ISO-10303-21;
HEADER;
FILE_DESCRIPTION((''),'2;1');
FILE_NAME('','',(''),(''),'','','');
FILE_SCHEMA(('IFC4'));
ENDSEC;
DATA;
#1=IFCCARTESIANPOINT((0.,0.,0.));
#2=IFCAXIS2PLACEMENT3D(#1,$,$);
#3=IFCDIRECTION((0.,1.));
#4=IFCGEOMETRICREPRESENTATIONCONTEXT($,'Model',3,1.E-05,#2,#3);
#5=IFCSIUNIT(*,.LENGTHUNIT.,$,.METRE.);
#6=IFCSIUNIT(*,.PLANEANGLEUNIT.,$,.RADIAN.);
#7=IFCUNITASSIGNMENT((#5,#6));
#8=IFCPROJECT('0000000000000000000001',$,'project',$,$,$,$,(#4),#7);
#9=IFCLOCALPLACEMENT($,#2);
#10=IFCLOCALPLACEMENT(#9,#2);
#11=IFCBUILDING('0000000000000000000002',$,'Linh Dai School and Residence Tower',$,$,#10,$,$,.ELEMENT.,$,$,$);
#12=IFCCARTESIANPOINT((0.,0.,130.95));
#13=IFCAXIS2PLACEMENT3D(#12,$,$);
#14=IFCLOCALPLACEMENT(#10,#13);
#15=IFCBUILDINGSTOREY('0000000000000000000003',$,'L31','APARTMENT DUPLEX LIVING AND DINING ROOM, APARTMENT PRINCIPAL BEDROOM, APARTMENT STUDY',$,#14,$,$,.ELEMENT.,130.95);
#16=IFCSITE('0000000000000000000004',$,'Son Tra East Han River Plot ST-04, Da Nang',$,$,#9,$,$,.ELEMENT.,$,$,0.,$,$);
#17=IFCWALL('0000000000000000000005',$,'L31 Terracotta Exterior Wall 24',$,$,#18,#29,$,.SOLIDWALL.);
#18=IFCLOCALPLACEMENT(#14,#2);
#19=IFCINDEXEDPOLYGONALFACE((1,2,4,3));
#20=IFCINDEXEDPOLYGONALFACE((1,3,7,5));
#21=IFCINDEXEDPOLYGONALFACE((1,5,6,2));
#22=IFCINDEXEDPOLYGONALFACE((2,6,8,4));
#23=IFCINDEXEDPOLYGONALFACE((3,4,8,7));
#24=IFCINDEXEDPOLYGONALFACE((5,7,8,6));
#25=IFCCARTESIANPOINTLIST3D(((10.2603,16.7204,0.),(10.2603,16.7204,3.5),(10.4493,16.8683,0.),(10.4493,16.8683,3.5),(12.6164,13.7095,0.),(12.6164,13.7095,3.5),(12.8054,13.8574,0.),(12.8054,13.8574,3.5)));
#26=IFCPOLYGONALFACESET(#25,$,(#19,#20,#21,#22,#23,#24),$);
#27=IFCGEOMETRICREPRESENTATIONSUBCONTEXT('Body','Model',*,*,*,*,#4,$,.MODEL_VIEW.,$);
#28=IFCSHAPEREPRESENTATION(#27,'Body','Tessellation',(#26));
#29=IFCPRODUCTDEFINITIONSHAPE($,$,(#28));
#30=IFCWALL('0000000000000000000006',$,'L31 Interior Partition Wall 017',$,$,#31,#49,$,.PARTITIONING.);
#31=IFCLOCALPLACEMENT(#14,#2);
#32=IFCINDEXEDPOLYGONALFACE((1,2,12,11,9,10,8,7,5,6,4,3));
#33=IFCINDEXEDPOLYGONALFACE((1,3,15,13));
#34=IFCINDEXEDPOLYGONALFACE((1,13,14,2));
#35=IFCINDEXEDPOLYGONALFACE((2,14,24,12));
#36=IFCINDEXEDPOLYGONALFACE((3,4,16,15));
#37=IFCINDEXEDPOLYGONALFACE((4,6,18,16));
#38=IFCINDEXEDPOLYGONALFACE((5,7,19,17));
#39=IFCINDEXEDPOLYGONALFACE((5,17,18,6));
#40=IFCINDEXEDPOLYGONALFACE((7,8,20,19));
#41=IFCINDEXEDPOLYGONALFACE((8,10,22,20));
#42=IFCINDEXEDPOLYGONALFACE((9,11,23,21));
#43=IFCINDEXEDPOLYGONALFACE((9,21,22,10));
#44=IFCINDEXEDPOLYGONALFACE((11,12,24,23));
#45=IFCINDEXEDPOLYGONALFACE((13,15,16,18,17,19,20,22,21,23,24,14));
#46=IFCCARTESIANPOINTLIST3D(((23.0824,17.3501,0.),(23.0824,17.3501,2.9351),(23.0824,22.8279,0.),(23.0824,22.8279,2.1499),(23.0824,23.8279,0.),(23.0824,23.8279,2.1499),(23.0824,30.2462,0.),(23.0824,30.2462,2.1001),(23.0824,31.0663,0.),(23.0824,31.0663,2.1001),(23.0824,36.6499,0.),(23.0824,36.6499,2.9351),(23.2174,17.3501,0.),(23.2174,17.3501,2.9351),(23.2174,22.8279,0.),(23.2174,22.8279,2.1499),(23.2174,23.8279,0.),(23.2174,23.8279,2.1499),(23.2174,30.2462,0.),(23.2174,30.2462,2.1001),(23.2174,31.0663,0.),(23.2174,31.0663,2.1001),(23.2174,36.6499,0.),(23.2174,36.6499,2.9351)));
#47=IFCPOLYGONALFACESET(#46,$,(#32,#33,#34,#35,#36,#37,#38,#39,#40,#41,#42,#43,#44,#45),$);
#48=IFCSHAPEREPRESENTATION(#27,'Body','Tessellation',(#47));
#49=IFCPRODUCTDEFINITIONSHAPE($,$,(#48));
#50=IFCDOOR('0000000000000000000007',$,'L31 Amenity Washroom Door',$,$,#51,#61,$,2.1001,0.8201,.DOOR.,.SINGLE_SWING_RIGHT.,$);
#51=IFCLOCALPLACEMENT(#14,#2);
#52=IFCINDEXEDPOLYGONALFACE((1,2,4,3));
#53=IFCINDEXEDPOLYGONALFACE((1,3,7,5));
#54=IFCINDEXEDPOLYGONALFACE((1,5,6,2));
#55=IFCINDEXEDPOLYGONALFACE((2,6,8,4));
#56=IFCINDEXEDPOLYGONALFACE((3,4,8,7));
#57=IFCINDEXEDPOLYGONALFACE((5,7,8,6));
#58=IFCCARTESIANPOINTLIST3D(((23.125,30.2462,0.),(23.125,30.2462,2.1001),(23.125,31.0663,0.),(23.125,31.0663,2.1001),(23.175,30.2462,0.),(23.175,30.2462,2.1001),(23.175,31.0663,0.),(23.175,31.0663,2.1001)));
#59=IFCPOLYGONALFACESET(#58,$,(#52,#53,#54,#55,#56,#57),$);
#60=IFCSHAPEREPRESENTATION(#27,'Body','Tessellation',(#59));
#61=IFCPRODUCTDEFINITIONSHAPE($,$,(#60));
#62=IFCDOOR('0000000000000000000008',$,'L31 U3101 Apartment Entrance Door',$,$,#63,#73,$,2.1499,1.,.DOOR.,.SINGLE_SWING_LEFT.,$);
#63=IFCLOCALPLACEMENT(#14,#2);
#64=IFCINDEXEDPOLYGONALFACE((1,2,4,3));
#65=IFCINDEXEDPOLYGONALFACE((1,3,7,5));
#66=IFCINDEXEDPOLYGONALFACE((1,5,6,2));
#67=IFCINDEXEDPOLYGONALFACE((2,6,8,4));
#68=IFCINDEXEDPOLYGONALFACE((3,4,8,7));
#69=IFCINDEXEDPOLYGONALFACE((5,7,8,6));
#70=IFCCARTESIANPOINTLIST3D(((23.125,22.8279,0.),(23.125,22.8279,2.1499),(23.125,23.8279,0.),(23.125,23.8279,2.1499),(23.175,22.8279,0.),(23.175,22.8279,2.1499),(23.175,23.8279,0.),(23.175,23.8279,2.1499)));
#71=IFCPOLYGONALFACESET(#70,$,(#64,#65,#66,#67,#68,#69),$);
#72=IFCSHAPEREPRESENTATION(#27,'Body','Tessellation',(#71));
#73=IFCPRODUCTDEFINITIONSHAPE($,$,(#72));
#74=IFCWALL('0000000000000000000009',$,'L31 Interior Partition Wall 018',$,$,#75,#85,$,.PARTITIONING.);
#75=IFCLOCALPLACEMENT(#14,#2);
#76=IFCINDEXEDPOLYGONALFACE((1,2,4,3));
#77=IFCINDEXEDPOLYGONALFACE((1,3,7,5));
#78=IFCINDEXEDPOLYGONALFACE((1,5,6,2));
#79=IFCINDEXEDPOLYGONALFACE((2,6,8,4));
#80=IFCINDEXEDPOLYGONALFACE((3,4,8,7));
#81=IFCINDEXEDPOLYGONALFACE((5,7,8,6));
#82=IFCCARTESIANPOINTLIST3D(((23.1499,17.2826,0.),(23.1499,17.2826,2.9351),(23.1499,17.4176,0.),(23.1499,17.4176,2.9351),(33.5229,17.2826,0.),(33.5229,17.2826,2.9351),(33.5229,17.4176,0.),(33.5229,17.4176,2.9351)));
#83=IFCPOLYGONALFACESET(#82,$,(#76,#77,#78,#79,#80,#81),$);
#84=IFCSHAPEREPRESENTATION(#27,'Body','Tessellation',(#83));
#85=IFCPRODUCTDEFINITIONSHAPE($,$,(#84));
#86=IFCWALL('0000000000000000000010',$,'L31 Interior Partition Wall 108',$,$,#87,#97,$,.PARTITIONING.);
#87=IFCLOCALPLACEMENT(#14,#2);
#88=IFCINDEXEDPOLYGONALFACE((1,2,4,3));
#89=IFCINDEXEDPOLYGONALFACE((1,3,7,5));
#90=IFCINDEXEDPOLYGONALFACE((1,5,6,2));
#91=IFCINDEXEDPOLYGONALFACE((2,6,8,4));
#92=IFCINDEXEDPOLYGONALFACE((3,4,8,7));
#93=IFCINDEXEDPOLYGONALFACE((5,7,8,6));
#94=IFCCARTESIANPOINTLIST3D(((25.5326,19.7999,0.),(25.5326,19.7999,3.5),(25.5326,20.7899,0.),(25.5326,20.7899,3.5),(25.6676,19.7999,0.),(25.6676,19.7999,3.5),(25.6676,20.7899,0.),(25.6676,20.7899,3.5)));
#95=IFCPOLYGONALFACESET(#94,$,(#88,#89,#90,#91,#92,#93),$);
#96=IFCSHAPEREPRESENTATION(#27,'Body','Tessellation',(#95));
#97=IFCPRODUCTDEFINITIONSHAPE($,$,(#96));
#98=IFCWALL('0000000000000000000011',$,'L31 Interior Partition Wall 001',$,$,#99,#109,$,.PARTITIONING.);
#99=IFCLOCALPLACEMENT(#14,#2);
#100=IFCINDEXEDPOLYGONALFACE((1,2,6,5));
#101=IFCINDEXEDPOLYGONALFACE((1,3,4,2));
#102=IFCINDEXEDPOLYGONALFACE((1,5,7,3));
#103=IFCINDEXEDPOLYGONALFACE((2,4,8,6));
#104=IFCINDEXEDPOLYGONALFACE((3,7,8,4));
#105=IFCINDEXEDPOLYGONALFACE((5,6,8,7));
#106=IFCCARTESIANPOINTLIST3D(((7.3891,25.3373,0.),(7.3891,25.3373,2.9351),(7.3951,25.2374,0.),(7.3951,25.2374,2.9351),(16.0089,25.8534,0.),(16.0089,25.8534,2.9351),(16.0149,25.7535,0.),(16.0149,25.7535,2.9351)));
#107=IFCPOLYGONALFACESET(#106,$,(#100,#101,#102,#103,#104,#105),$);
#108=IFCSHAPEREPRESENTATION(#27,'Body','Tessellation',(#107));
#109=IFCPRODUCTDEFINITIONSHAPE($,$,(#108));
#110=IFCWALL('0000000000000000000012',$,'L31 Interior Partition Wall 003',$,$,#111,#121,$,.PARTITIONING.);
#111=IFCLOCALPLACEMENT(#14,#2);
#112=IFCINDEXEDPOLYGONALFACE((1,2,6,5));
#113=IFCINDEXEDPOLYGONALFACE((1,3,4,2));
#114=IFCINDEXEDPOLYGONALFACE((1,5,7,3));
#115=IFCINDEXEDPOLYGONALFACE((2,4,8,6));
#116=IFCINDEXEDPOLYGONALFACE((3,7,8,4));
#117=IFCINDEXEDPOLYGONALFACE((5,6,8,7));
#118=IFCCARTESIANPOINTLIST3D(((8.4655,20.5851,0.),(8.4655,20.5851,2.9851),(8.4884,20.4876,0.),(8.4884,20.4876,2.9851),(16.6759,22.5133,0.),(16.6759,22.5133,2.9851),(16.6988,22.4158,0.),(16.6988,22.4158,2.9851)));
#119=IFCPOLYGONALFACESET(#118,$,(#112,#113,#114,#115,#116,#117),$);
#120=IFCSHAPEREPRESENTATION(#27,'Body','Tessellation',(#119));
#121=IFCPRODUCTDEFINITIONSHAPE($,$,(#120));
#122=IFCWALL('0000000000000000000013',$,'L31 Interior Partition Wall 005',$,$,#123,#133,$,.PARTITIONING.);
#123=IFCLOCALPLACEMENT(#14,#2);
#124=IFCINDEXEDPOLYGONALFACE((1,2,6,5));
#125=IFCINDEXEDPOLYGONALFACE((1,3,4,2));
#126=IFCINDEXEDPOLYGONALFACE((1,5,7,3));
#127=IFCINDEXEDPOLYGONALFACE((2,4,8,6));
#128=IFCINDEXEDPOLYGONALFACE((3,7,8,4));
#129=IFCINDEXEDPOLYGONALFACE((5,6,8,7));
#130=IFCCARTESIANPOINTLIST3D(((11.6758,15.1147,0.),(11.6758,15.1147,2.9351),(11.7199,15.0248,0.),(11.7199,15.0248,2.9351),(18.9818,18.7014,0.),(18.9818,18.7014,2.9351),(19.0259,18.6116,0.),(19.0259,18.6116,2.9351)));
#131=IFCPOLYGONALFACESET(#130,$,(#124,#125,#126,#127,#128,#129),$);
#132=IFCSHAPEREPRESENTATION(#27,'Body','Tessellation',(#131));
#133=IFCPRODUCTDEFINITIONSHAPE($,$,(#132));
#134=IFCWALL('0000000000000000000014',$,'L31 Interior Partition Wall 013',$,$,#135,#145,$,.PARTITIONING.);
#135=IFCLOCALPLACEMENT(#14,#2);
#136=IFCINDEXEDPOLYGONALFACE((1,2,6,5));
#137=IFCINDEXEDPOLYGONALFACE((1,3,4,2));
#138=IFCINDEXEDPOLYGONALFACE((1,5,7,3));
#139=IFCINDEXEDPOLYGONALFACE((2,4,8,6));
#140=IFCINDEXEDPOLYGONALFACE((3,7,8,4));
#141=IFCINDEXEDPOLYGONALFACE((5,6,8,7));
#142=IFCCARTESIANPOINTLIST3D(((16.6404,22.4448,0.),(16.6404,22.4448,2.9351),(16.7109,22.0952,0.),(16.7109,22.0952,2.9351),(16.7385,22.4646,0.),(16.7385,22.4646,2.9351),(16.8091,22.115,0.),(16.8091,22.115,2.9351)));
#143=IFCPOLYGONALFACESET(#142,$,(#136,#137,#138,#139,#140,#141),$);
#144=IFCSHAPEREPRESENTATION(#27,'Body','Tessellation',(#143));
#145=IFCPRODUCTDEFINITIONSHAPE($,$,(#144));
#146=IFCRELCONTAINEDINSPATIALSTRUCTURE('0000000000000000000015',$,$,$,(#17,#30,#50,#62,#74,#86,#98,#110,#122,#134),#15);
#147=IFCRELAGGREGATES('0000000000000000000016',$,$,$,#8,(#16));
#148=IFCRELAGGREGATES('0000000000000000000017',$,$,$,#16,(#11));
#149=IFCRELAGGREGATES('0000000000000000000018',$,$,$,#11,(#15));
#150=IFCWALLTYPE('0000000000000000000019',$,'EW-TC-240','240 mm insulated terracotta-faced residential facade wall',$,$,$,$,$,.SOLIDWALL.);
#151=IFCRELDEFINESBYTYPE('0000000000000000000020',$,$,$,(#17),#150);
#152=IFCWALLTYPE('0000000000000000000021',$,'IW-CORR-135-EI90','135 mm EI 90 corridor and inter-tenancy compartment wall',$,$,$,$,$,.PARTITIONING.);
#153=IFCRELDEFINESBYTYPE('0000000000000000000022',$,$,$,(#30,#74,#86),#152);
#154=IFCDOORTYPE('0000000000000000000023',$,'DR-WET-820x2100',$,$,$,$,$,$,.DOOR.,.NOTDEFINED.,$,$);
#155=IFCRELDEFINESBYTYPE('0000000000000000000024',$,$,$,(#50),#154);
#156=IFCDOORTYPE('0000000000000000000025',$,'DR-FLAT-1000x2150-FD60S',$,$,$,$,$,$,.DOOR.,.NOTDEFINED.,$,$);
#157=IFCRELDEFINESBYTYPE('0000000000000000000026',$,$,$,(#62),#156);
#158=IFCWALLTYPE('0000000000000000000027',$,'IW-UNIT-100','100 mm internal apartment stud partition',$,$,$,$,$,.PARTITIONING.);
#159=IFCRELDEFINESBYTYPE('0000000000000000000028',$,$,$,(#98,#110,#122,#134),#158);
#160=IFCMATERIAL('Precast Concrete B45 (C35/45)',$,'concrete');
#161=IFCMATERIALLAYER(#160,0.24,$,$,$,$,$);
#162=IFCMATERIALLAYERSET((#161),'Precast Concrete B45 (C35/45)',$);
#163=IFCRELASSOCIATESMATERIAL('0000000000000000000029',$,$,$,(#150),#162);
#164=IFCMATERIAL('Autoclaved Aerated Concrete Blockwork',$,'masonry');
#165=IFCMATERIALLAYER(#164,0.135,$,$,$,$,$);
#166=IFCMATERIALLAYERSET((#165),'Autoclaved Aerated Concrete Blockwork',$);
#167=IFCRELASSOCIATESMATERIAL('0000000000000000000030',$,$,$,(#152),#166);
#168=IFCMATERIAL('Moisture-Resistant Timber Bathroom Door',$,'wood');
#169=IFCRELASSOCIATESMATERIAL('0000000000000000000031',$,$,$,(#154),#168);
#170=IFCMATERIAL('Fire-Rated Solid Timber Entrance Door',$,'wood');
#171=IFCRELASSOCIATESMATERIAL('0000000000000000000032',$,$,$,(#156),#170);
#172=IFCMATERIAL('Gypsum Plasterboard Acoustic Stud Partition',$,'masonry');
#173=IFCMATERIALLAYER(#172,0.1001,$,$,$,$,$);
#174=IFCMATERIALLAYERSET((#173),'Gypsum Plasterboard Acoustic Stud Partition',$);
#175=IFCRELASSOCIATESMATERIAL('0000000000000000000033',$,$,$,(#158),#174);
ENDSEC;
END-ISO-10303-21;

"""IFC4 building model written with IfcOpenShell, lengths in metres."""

from ifc_helpers import new_model, si_unit, direction, frame, frame_2d, origin, origin_2d, place, context, subcontext, project, spatial, rectangle, extrude, source, transform, mapped, material, layer, layer_set, type_object, element, fill, save


model = new_model("IFC4")

# Units and contexts
model_context = context("Model", 3, precision=1e-05, world=origin(), true_north=direction((0.0, 1.0)))
body_context = subcontext(model_context, "Body", "Model", "MODEL_VIEW")
ifc_project = project(units=[si_unit("LENGTHUNIT", "METRE"), si_unit("PLANEANGLEUNIT", "RADIAN")], contexts=[model_context])

# Site, building, storey
site_placement = place(None, origin())
site = spatial("IfcSite", under=ifc_project, at=site_placement, Name="Son Tra East Han River Plot ST-04, Da Nang", CompositionType="ELEMENT", RefElevation=0.0)
building_placement = place(site_placement, origin())
building = spatial("IfcBuilding", under=site, at=building_placement, Name="Linh Dai School and Residence Tower", CompositionType="ELEMENT")
storey_placement = place(building_placement, frame((0.0, 0.0, 130.95)))
storey = spatial("IfcBuildingStorey", under=building, at=storey_placement, Name="L31", Description="APARTMENT DUPLEX LIVING AND DINING ROOM, APARTMENT PRINCIPAL BEDROOM, APARTMENT STUDY", CompositionType="ELEMENT", Elevation=130.95)

# Shared definitions
ifc_material_1 = material(Name="Precast Concrete B45 (C35/45)", Category="concrete")

# Shared definitions
ifc_layer_1 = layer(ifc_material_1, 0.24)
ifc_layer_set_1 = layer_set([ifc_layer_1], Name="Precast Concrete B45 (C35/45)")
wall_type_1 = type_object("IfcWallType", Name="EW-TC-240", Description="240 mm insulated terracotta-faced residential facade wall", PredefinedType="SOLIDWALL", material=ifc_layer_set_1)

# Wall
wall_1_placement = place(storey_placement, frame((12.7109, 13.7834, 0.0), z_axis=(0.0, 0.0, 1.0), x_axis=(-0.616272, 0.787533, 0.0)))
element("IfcWall", 1, at=wall_1_placement, inside=storey, type_object=wall_type_1, Name="L31 Terracotta Exterior Wall 24", PredefinedType="SOLIDWALL", context=body_context, shape_type="SweptSolid", body=[
    extrude(rectangle(XDim=3.8232, YDim=0.24, at=frame_2d((1.9116, 0.0))), origin(), (0.0, 0.0, 1.0), 3.5),
])

# Wall, openings, doors
ifc_material_2 = material(Name="Autoclaved Aerated Concrete Blockwork", Category="masonry")
ifc_layer_2 = layer(ifc_material_2, 0.135)
ifc_layer_set_2 = layer_set([ifc_layer_2], Name="Autoclaved Aerated Concrete Blockwork")
wall_type_2 = type_object("IfcWallType", Name="IW-CORR-135-EI90", Description="135 mm EI 90 corridor and inter-tenancy compartment wall", PredefinedType="PARTITIONING", material=ifc_layer_set_2)
wall_2_placement = place(storey_placement, frame((23.1499, 17.3501, 0.0), z_axis=(0.0, 0.0, 1.0), x_axis=(0.0, 1.0, 0.0)))
wall_2 = element("IfcWall", 2, at=wall_2_placement, inside=storey, type_object=wall_type_2, Name="L31 Interior Partition Wall 017", PredefinedType="PARTITIONING", context=body_context, shape_type="SweptSolid", body=[
    extrude(rectangle(XDim=19.2998, YDim=0.135, at=frame_2d((9.6499, 0.0))), origin(), (0.0, 0.0, 1.0), 2.9351),
])
opening_1_placement = place(wall_2_placement, frame((5.4778, 0.0, 0.0)))
opening_1 = element("IfcOpeningElement", 3, at=opening_1_placement, cuts=wall_2, PredefinedType="OPENING", context=body_context, shape_type="SweptSolid", body=[
    extrude(rectangle(XDim=1.0, YDim=2.1499, at=origin_2d()), frame((0.5, 0.0776, 1.075), z_axis=(0.0, -1.0, 0.0), x_axis=(1.0, 0.0, 0.0)), (0.0, 0.0, 1.0), 0.155),
])
opening_2_placement = place(wall_2_placement, frame((12.896, 0.0, 0.0)))
opening_2 = element("IfcOpeningElement", 4, at=opening_2_placement, cuts=wall_2, PredefinedType="OPENING", context=body_context, shape_type="SweptSolid", body=[
    extrude(rectangle(XDim=0.8201, YDim=2.1001, at=origin_2d()), frame((0.4102, 0.0776, 1.05), z_axis=(0.0, -1.0, 0.0), x_axis=(1.0, 0.0, 0.0)), (0.0, 0.0, 1.0), 0.155),
])
ifc_material_3 = material(Name="Moisture-Resistant Timber Bathroom Door", Category="wood")
door_type_1 = type_object("IfcDoorType", Name="DR-WET-820x2100", OperationType="NOTDEFINED", PredefinedType="DOOR", material=ifc_material_3)
shared_shape_1 = source(origin(), body_context, "Body", "SweptSolid", [
    extrude(rectangle(XDim=0.8201, YDim=2.1001, at=origin_2d()), frame((0.4102, 0.0249, 1.05), z_axis=(0.0, -1.0, 0.0), x_axis=(1.0, 0.0, 0.0)), (0.0, 0.0, 1.0), 0.05),
])
door_1_placement = place(opening_2_placement, origin())
door_1 = element("IfcDoor", 5, at=door_1_placement, inside=storey, type_object=door_type_1, Name="L31 Amenity Washroom Door", OperationType="SINGLE_SWING_RIGHT", OverallHeight=2.1001, OverallWidth=0.8201, PredefinedType="DOOR", context=body_context, shape_type="MappedRepresentation", body=[
    mapped(shared_shape_1, transform((0.0, 0.0, 0.0), x_axis=(1.0, 0.0, 0.0), y_axis=(0.0, 1.0, 0.0), z_axis=(0.0, 0.0, 1.0), scale=1.0)),
])
fill(opening_2, door_1)
ifc_material_4 = material(Name="Fire-Rated Solid Timber Entrance Door", Category="wood")
door_type_2 = type_object("IfcDoorType", Name="DR-FLAT-1000x2150-FD60S", OperationType="NOTDEFINED", PredefinedType="DOOR", material=ifc_material_4)
shared_shape_2 = source(origin(), body_context, "Body", "SweptSolid", [
    extrude(rectangle(XDim=1.0, YDim=2.1499, at=origin_2d()), frame((0.5, 0.0249, 1.075), z_axis=(0.0, -1.0, 0.0), x_axis=(1.0, 0.0, 0.0)), (0.0, 0.0, 1.0), 0.05),
])
door_2_placement = place(opening_1_placement, origin())
door_2 = element("IfcDoor", 6, at=door_2_placement, inside=storey, type_object=door_type_2, Name="L31 U3101 Apartment Entrance Door", OperationType="SINGLE_SWING_LEFT", OverallHeight=2.1499, OverallWidth=1.0, PredefinedType="DOOR", context=body_context, shape_type="MappedRepresentation", body=[
    mapped(shared_shape_2, transform((0.0, 0.0, 0.0), x_axis=(1.0, 0.0, 0.0), y_axis=(0.0, 1.0, 0.0), z_axis=(0.0, 0.0, 1.0), scale=1.0)),
])
fill(opening_1, door_2)

# Walls
wall_3_placement = place(storey_placement, frame((23.1499, 17.3501, 0.0), z_axis=(0.0, 0.0, 1.0), x_axis=(1.0, 0.0, 0.0)))
element("IfcWall", 7, at=wall_3_placement, inside=storey, type_object=wall_type_2, Name="L31 Interior Partition Wall 018", PredefinedType="PARTITIONING", context=body_context, shape_type="SweptSolid", body=[
    extrude(rectangle(XDim=10.373, YDim=0.135, at=frame_2d((5.1865, 0.0))), origin(), (0.0, 0.0, 1.0), 2.9351),
])
wall_4_placement = place(storey_placement, frame((25.6001, 20.79, 0.0), z_axis=(0.0, 0.0, 1.0), x_axis=(0.0, -1.0, 0.0)))
element("IfcWall", 8, at=wall_4_placement, inside=storey, type_object=wall_type_2, Name="L31 Interior Partition Wall 108", PredefinedType="PARTITIONING", context=body_context, shape_type="SweptSolid", body=[
    extrude(rectangle(XDim=0.99, YDim=0.135, at=frame_2d((0.4951, 0.0))), origin(), (0.0, 0.0, 1.0), 3.5),
])
ifc_material_5 = material(Name="Gypsum Plasterboard Acoustic Stud Partition", Category="masonry")
ifc_layer_3 = layer(ifc_material_5, 0.1001)
ifc_layer_set_3 = layer_set([ifc_layer_3], Name="Gypsum Plasterboard Acoustic Stud Partition")
wall_type_3 = type_object("IfcWallType", Name="IW-UNIT-100", Description="100 mm internal apartment stud partition", PredefinedType="PARTITIONING", material=ifc_layer_set_3)
wall_5_placement = place(storey_placement, frame((7.3921, 25.2874, 0.0), z_axis=(0.0, 0.0, 1.0), x_axis=(0.998212, 0.059768, 0.0)))
element("IfcWall", 9, at=wall_5_placement, inside=storey, type_object=wall_type_3, Name="L31 Interior Partition Wall 001", PredefinedType="PARTITIONING", context=body_context, shape_type="SweptSolid", body=[
    extrude(rectangle(XDim=8.6353, YDim=0.1001, at=frame_2d((4.3176, 0.0))), origin(), (0.0, 0.0, 1.0), 2.9351),
])
wall_6_placement = place(storey_placement, frame((8.4771, 20.5364, 0.0), z_axis=(0.0, 0.0, 1.0), x_axis=(0.973514, 0.228629, 0.0)))
element("IfcWall", 10, at=wall_6_placement, inside=storey, type_object=wall_type_3, Name="L31 Interior Partition Wall 003", PredefinedType="PARTITIONING", context=body_context, shape_type="SweptSolid", body=[
    extrude(rectangle(XDim=8.4338, YDim=0.1001, at=frame_2d((4.2168, 0.0))), origin(), (0.0, 0.0, 1.0), 2.9851),
])
wall_7_placement = place(storey_placement, frame((11.698, 15.0698, 0.0), z_axis=(0.0, 0.0, 1.0), x_axis=(0.897661, 0.440686, 0.0)))
element("IfcWall", 11, at=wall_7_placement, inside=storey, type_object=wall_type_3, Name="L31 Interior Partition Wall 005", PredefinedType="PARTITIONING", context=body_context, shape_type="SweptSolid", body=[
    extrude(rectangle(XDim=8.1389, YDim=0.1001, at=frame_2d((4.0693, 0.0))), origin(), (0.0, 0.0, 1.0), 2.9351),
])
wall_8_placement = place(storey_placement, frame((16.6895, 22.4546, 0.0), z_axis=(0.0, 0.0, 1.0), x_axis=(0.197827, -0.980237, 0.0)))
element("IfcWall", 12, at=wall_8_placement, inside=storey, type_object=wall_type_3, Name="L31 Interior Partition Wall 013", PredefinedType="PARTITIONING", context=body_context, shape_type="SweptSolid", body=[
    extrude(rectangle(XDim=0.3567, YDim=0.1001, at=frame_2d((0.1782, 0.0))), origin(), (0.0, 0.0, 1.0), 2.9351),
])

save(model, "model.ifc")
